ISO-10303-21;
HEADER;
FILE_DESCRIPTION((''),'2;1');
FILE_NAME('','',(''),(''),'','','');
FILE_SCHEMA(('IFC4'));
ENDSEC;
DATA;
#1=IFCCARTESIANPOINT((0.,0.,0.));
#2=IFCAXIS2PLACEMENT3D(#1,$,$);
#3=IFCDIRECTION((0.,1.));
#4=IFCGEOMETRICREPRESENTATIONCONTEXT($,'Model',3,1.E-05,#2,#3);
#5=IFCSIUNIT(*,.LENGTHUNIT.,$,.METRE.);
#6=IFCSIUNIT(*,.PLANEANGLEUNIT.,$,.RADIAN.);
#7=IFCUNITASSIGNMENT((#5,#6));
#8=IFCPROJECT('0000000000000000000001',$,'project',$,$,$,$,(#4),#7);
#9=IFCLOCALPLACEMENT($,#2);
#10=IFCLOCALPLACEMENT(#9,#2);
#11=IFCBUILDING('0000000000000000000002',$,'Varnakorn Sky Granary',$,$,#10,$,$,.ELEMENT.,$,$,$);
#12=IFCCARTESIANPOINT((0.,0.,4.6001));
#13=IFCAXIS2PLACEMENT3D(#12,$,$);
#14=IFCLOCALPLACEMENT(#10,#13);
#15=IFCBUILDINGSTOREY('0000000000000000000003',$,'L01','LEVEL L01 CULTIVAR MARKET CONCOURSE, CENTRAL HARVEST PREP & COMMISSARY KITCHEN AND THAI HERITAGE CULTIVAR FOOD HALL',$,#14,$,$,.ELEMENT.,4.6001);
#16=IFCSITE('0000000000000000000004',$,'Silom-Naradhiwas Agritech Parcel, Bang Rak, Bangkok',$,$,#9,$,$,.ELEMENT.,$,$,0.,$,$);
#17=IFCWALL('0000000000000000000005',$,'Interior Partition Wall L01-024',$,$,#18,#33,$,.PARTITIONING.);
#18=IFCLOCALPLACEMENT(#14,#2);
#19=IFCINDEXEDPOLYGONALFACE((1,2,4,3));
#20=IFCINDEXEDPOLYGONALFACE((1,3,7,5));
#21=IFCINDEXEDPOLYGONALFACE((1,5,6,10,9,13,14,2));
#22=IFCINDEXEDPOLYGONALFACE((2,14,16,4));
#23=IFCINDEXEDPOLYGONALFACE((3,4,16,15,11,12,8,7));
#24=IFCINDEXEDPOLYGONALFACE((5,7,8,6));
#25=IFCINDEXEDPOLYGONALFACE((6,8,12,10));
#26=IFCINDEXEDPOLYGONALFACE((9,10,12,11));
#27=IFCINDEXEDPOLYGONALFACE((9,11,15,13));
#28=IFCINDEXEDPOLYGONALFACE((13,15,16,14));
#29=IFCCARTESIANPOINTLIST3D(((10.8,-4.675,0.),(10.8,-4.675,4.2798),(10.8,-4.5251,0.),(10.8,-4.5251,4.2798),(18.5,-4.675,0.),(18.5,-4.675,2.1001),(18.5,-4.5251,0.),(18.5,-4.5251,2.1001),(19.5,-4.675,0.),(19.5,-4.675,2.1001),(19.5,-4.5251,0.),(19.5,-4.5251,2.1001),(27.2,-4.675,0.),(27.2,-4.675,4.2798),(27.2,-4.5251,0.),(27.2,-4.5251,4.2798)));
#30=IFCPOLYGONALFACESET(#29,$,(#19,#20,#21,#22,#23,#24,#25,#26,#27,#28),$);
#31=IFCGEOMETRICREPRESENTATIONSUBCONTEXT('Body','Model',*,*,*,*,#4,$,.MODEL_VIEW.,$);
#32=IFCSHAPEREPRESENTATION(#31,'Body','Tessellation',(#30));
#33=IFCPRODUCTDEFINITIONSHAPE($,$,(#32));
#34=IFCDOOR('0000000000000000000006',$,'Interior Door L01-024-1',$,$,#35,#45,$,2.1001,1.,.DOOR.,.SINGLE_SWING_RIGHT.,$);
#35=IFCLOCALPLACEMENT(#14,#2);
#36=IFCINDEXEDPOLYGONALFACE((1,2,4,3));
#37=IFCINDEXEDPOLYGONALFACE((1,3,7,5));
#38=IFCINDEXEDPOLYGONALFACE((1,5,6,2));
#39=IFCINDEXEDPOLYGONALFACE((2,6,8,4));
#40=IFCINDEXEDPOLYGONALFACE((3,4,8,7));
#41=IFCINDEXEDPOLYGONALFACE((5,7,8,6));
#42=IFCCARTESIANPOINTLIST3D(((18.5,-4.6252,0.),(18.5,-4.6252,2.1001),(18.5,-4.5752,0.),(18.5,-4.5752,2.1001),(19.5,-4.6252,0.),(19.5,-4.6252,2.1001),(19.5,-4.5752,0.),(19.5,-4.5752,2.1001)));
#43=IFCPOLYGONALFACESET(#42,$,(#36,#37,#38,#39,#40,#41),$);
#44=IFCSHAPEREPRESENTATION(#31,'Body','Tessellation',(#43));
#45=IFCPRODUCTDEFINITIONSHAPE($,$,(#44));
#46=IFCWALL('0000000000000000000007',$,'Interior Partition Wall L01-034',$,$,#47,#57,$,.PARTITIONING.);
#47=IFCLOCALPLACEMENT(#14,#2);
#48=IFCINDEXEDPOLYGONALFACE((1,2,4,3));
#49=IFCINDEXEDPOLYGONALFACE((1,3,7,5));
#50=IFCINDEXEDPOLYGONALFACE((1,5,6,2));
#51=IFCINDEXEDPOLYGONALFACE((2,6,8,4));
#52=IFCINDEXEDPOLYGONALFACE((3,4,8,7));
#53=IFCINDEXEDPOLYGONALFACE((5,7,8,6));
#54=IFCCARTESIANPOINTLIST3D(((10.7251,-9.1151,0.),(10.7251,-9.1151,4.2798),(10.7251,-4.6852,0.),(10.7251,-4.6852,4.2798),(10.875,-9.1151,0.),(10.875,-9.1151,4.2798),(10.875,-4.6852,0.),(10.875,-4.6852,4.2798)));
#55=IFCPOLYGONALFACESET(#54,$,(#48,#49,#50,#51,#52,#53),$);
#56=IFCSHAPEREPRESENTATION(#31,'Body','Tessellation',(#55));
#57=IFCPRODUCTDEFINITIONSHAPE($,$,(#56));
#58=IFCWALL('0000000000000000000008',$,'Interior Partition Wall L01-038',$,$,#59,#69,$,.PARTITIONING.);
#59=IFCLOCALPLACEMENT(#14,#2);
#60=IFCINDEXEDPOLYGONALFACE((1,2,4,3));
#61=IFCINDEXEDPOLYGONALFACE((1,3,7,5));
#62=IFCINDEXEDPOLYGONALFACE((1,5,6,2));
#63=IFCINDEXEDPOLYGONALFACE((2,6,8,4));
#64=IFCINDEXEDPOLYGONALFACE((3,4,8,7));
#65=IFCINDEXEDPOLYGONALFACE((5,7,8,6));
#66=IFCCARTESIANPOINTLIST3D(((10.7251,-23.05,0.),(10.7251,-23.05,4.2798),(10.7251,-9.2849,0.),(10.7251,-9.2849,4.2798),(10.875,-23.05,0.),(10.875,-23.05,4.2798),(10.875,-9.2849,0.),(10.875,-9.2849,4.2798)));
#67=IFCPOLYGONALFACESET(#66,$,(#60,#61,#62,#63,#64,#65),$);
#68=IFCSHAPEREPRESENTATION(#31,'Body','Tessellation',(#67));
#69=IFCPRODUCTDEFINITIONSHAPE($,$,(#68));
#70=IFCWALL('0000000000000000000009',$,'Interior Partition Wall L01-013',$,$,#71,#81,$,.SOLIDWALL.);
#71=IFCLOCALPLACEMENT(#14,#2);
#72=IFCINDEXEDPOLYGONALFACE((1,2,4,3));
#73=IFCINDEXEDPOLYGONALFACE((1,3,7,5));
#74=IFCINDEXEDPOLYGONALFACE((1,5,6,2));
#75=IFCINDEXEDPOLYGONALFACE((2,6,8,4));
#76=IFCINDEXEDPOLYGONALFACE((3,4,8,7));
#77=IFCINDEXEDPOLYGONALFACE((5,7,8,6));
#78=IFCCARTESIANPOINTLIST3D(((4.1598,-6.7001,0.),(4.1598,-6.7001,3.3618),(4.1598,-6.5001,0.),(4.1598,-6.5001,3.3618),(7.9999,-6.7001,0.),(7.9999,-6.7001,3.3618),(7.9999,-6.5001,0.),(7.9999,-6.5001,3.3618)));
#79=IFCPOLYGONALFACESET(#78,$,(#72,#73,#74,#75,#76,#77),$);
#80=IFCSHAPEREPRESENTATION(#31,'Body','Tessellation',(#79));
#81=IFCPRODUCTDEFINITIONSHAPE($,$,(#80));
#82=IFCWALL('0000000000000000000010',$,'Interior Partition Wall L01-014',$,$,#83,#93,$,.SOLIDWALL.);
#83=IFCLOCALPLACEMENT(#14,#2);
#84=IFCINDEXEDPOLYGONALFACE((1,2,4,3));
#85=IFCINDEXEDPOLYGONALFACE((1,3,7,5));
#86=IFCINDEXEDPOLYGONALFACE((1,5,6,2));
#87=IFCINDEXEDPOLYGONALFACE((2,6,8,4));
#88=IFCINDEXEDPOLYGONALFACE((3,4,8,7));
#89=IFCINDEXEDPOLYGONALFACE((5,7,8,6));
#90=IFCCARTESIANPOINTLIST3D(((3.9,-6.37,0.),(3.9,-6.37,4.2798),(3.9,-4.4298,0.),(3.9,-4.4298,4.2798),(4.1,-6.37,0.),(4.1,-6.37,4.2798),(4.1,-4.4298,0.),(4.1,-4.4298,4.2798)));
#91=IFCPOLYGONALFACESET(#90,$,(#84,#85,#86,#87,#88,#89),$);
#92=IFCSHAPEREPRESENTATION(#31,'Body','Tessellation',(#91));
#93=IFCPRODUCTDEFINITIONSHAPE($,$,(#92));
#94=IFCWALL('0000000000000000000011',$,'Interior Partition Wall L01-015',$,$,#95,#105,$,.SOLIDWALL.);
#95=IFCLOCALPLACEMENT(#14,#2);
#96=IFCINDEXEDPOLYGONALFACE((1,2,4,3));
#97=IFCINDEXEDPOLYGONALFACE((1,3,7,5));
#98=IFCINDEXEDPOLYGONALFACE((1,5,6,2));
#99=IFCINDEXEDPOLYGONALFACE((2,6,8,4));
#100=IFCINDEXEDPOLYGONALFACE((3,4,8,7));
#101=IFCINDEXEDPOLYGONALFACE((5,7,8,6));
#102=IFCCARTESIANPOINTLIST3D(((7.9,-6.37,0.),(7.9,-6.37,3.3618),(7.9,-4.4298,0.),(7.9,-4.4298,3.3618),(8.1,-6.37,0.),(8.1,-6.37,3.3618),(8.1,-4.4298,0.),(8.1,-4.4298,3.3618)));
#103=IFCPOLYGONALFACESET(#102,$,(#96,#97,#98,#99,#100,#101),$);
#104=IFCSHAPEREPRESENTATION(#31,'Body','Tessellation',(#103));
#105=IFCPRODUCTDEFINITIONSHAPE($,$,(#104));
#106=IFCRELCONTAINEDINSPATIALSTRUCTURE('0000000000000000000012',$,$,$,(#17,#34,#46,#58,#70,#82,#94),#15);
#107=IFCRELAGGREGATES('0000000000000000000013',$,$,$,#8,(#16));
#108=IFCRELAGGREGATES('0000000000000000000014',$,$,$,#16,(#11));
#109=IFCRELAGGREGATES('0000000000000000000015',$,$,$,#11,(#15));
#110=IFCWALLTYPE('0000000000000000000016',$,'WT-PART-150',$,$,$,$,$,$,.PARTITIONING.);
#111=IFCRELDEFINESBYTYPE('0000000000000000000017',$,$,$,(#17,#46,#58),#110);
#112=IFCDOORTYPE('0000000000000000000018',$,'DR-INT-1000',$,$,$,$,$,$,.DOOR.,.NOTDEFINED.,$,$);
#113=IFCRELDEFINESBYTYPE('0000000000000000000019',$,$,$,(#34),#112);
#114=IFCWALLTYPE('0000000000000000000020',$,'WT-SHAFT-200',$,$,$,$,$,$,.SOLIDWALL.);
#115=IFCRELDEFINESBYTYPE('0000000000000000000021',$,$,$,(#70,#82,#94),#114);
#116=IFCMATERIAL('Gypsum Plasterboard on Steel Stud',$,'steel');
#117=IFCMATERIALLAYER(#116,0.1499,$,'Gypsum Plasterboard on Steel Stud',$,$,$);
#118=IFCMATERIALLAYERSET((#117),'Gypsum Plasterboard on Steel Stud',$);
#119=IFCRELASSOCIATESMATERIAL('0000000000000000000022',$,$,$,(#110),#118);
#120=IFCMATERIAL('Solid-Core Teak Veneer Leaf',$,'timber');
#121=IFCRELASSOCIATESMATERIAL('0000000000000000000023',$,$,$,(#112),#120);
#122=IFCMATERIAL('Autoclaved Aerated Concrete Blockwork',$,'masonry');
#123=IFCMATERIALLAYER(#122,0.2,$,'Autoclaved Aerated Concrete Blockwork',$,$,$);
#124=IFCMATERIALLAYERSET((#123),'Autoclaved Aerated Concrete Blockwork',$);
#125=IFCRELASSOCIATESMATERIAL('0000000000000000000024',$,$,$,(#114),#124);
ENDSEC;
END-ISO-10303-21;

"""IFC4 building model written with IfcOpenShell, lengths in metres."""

from ifc_helpers import new_model, si_unit, direction, frame, frame_2d, origin, place, context, subcontext, project, spatial, rectangle, extrude, material, layer, layer_set, type_object, element, fill, save


model = new_model("IFC4")

# Units and contexts
model_context = context("Model", 3, precision=1e-05, world=origin(), true_north=direction((0.0, 1.0)))
body_context = subcontext(model_context, "Body", "Model", "MODEL_VIEW")
ifc_project = project(units=[si_unit("LENGTHUNIT", "METRE"), si_unit("PLANEANGLEUNIT", "RADIAN")], contexts=[model_context])

# Site, building, storey
site_placement = place(None, origin())
site = spatial("IfcSite", under=ifc_project, at=site_placement, Name="Silom-Naradhiwas Agritech Parcel, Bang Rak, Bangkok", CompositionType="ELEMENT", RefElevation=0.0)
building_placement = place(site_placement, origin())
building = spatial("IfcBuilding", under=site, at=building_placement, Name="Varnakorn Sky Granary", CompositionType="ELEMENT")
storey_placement = place(building_placement, frame((0.0, 0.0, 4.6001)))
storey = spatial("IfcBuildingStorey", under=building, at=storey_placement, Name="L01", Description="LEVEL L01 CULTIVAR MARKET CONCOURSE, CENTRAL HARVEST PREP & COMMISSARY KITCHEN AND THAI HERITAGE CULTIVAR FOOD HALL", CompositionType="ELEMENT", Elevation=4.6001)

# Wall, opening, door
ifc_material_1 = material(Name="Gypsum Plasterboard on Steel Stud", Category="steel")
ifc_layer_1 = layer(ifc_material_1, 0.1499, Name="Gypsum Plasterboard on Steel Stud")
ifc_layer_set_1 = layer_set([ifc_layer_1], Name="Gypsum Plasterboard on Steel Stud")
wall_type_1 = type_object("IfcWallType", Name="WT-PART-150", PredefinedType="PARTITIONING", material=ifc_layer_set_1)
wall_1_placement = place(storey_placement, frame((10.8, -4.6001, 0.0), z_axis=(0.0, 0.0, 1.0), x_axis=(1.0, 0.0, 0.0)))
wall_1 = element("IfcWall", 1, at=wall_1_placement, inside=storey, type_object=wall_type_1, Name="Interior Partition Wall L01-024", PredefinedType="PARTITIONING", context=body_context, shape_type="SweptSolid", body=[
    extrude(rectangle(XDim=16.3999, YDim=0.1499, at=frame_2d((8.2, 0.0))), origin(), (0.0, 0.0, 1.0), 4.2798),
])
opening_placement = place(wall_1_placement, frame((7.7, 0.0, 0.0)))
opening = element("IfcOpeningElement", 2, at=opening_placement, cuts=wall_1, PredefinedType="OPENING", context=body_context, shape_type="SweptSolid", body=[
    extrude(rectangle(XDim=1.0, YDim=2.1001, at=frame_2d((0.5, 1.05))), frame((0.0, 0.085, 0.0), z_axis=(0.0, -1.0, 0.0), x_axis=(1.0, 0.0, 0.0)), (0.0, 0.0, 1.0), 0.1699),
])
ifc_material_2 = material(Name="Solid-Core Teak Veneer Leaf", Category="timber")
door_type = type_object("IfcDoorType", Name="DR-INT-1000", OperationType="NOTDEFINED", PredefinedType="DOOR", material=ifc_material_2)
door_placement = place(opening_placement, origin())
door = element("IfcDoor", 3, at=door_placement, inside=storey, type_object=door_type, Name="Interior Door L01-024-1", OperationType="SINGLE_SWING_RIGHT", OverallHeight=2.1001, OverallWidth=1.0, PredefinedType="DOOR", context=body_context, shape_type="SweptSolid", body=[
    extrude(rectangle(XDim=1.0, YDim=2.1001, at=frame_2d((0.5, 1.05))), frame((0.0, 0.0249, 0.0), z_axis=(0.0, -1.0, 0.0), x_axis=(1.0, 0.0, 0.0)), (0.0, 0.0, 1.0), 0.05),
])
fill(opening, door)

# Walls
wall_2_placement = place(storey_placement, frame((10.8, -9.115, 0.0), z_axis=(0.0, 0.0, 1.0), x_axis=(0.0, 1.0, 0.0)))
element("IfcWall", 4, at=wall_2_placement, inside=storey, type_object=wall_type_1, Name="Interior Partition Wall L01-034", PredefinedType="PARTITIONING", context=body_context, shape_type="SweptSolid", body=[
    extrude(rectangle(XDim=4.4299, YDim=0.1499, at=frame_2d((2.2148, 0.0))), origin(), (0.0, 0.0, 1.0), 4.2798),
])
wall_3_placement = place(storey_placement, frame((10.8, -23.05, 0.0), z_axis=(0.0, 0.0, 1.0), x_axis=(0.0, 1.0, 0.0)))
element("IfcWall", 5, at=wall_3_placement, inside=storey, type_object=wall_type_1, Name="Interior Partition Wall L01-038", PredefinedType="PARTITIONING", context=body_context, shape_type="SweptSolid", body=[
    extrude(rectangle(XDim=13.7651, YDim=0.1499, at=frame_2d((6.8826, 0.0))), origin(), (0.0, 0.0, 1.0), 4.2798),
])
ifc_material_3 = material(Name="Autoclaved Aerated Concrete Blockwork", Category="masonry")
ifc_layer_2 = layer(ifc_material_3, 0.2, Name="Autoclaved Aerated Concrete Blockwork")
ifc_layer_set_2 = layer_set([ifc_layer_2], Name="Autoclaved Aerated Concrete Blockwork")
wall_type_2 = type_object("IfcWallType", Name="WT-SHAFT-200", PredefinedType="SOLIDWALL", material=ifc_layer_set_2)
wall_4_placement = place(storey_placement, frame((4.1599, -6.6001, 0.0), z_axis=(0.0, 0.0, 1.0), x_axis=(1.0, 0.0, 0.0)))
element("IfcWall", 6, at=wall_4_placement, inside=storey, type_object=wall_type_2, Name="Interior Partition Wall L01-013", PredefinedType="SOLIDWALL", context=body_context, shape_type="SweptSolid", body=[
    extrude(rectangle(XDim=3.8401, YDim=0.2, at=frame_2d((1.9199, 0.0))), origin(), (0.0, 0.0, 1.0), 3.3618),
])
wall_5_placement = place(storey_placement, frame((4.0, -6.3701, 0.0), z_axis=(0.0, 0.0, 1.0), x_axis=(0.0, 1.0, 0.0)))
element("IfcWall", 7, at=wall_5_placement, inside=storey, type_object=wall_type_2, Name="Interior Partition Wall L01-014", PredefinedType="SOLIDWALL", context=body_context, shape_type="SweptSolid", body=[
    extrude(rectangle(XDim=1.9402, YDim=0.2, at=frame_2d((0.9702, 0.0))), origin(), (0.0, 0.0, 1.0), 4.2798),
])
wall_6_placement = place(storey_placement, frame((8.0, -6.3701, 0.0), z_axis=(0.0, 0.0, 1.0), x_axis=(0.0, 1.0, 0.0)))
element("IfcWall", 8, at=wall_6_placement, inside=storey, type_object=wall_type_2, Name="Interior Partition Wall L01-015", PredefinedType="SOLIDWALL", context=body_context, shape_type="SweptSolid", body=[
    extrude(rectangle(XDim=1.9402, YDim=0.2, at=frame_2d((0.9702, 0.0))), origin(), (0.0, 0.0, 1.0), 3.3618),
])

save(model, "model.ifc")
